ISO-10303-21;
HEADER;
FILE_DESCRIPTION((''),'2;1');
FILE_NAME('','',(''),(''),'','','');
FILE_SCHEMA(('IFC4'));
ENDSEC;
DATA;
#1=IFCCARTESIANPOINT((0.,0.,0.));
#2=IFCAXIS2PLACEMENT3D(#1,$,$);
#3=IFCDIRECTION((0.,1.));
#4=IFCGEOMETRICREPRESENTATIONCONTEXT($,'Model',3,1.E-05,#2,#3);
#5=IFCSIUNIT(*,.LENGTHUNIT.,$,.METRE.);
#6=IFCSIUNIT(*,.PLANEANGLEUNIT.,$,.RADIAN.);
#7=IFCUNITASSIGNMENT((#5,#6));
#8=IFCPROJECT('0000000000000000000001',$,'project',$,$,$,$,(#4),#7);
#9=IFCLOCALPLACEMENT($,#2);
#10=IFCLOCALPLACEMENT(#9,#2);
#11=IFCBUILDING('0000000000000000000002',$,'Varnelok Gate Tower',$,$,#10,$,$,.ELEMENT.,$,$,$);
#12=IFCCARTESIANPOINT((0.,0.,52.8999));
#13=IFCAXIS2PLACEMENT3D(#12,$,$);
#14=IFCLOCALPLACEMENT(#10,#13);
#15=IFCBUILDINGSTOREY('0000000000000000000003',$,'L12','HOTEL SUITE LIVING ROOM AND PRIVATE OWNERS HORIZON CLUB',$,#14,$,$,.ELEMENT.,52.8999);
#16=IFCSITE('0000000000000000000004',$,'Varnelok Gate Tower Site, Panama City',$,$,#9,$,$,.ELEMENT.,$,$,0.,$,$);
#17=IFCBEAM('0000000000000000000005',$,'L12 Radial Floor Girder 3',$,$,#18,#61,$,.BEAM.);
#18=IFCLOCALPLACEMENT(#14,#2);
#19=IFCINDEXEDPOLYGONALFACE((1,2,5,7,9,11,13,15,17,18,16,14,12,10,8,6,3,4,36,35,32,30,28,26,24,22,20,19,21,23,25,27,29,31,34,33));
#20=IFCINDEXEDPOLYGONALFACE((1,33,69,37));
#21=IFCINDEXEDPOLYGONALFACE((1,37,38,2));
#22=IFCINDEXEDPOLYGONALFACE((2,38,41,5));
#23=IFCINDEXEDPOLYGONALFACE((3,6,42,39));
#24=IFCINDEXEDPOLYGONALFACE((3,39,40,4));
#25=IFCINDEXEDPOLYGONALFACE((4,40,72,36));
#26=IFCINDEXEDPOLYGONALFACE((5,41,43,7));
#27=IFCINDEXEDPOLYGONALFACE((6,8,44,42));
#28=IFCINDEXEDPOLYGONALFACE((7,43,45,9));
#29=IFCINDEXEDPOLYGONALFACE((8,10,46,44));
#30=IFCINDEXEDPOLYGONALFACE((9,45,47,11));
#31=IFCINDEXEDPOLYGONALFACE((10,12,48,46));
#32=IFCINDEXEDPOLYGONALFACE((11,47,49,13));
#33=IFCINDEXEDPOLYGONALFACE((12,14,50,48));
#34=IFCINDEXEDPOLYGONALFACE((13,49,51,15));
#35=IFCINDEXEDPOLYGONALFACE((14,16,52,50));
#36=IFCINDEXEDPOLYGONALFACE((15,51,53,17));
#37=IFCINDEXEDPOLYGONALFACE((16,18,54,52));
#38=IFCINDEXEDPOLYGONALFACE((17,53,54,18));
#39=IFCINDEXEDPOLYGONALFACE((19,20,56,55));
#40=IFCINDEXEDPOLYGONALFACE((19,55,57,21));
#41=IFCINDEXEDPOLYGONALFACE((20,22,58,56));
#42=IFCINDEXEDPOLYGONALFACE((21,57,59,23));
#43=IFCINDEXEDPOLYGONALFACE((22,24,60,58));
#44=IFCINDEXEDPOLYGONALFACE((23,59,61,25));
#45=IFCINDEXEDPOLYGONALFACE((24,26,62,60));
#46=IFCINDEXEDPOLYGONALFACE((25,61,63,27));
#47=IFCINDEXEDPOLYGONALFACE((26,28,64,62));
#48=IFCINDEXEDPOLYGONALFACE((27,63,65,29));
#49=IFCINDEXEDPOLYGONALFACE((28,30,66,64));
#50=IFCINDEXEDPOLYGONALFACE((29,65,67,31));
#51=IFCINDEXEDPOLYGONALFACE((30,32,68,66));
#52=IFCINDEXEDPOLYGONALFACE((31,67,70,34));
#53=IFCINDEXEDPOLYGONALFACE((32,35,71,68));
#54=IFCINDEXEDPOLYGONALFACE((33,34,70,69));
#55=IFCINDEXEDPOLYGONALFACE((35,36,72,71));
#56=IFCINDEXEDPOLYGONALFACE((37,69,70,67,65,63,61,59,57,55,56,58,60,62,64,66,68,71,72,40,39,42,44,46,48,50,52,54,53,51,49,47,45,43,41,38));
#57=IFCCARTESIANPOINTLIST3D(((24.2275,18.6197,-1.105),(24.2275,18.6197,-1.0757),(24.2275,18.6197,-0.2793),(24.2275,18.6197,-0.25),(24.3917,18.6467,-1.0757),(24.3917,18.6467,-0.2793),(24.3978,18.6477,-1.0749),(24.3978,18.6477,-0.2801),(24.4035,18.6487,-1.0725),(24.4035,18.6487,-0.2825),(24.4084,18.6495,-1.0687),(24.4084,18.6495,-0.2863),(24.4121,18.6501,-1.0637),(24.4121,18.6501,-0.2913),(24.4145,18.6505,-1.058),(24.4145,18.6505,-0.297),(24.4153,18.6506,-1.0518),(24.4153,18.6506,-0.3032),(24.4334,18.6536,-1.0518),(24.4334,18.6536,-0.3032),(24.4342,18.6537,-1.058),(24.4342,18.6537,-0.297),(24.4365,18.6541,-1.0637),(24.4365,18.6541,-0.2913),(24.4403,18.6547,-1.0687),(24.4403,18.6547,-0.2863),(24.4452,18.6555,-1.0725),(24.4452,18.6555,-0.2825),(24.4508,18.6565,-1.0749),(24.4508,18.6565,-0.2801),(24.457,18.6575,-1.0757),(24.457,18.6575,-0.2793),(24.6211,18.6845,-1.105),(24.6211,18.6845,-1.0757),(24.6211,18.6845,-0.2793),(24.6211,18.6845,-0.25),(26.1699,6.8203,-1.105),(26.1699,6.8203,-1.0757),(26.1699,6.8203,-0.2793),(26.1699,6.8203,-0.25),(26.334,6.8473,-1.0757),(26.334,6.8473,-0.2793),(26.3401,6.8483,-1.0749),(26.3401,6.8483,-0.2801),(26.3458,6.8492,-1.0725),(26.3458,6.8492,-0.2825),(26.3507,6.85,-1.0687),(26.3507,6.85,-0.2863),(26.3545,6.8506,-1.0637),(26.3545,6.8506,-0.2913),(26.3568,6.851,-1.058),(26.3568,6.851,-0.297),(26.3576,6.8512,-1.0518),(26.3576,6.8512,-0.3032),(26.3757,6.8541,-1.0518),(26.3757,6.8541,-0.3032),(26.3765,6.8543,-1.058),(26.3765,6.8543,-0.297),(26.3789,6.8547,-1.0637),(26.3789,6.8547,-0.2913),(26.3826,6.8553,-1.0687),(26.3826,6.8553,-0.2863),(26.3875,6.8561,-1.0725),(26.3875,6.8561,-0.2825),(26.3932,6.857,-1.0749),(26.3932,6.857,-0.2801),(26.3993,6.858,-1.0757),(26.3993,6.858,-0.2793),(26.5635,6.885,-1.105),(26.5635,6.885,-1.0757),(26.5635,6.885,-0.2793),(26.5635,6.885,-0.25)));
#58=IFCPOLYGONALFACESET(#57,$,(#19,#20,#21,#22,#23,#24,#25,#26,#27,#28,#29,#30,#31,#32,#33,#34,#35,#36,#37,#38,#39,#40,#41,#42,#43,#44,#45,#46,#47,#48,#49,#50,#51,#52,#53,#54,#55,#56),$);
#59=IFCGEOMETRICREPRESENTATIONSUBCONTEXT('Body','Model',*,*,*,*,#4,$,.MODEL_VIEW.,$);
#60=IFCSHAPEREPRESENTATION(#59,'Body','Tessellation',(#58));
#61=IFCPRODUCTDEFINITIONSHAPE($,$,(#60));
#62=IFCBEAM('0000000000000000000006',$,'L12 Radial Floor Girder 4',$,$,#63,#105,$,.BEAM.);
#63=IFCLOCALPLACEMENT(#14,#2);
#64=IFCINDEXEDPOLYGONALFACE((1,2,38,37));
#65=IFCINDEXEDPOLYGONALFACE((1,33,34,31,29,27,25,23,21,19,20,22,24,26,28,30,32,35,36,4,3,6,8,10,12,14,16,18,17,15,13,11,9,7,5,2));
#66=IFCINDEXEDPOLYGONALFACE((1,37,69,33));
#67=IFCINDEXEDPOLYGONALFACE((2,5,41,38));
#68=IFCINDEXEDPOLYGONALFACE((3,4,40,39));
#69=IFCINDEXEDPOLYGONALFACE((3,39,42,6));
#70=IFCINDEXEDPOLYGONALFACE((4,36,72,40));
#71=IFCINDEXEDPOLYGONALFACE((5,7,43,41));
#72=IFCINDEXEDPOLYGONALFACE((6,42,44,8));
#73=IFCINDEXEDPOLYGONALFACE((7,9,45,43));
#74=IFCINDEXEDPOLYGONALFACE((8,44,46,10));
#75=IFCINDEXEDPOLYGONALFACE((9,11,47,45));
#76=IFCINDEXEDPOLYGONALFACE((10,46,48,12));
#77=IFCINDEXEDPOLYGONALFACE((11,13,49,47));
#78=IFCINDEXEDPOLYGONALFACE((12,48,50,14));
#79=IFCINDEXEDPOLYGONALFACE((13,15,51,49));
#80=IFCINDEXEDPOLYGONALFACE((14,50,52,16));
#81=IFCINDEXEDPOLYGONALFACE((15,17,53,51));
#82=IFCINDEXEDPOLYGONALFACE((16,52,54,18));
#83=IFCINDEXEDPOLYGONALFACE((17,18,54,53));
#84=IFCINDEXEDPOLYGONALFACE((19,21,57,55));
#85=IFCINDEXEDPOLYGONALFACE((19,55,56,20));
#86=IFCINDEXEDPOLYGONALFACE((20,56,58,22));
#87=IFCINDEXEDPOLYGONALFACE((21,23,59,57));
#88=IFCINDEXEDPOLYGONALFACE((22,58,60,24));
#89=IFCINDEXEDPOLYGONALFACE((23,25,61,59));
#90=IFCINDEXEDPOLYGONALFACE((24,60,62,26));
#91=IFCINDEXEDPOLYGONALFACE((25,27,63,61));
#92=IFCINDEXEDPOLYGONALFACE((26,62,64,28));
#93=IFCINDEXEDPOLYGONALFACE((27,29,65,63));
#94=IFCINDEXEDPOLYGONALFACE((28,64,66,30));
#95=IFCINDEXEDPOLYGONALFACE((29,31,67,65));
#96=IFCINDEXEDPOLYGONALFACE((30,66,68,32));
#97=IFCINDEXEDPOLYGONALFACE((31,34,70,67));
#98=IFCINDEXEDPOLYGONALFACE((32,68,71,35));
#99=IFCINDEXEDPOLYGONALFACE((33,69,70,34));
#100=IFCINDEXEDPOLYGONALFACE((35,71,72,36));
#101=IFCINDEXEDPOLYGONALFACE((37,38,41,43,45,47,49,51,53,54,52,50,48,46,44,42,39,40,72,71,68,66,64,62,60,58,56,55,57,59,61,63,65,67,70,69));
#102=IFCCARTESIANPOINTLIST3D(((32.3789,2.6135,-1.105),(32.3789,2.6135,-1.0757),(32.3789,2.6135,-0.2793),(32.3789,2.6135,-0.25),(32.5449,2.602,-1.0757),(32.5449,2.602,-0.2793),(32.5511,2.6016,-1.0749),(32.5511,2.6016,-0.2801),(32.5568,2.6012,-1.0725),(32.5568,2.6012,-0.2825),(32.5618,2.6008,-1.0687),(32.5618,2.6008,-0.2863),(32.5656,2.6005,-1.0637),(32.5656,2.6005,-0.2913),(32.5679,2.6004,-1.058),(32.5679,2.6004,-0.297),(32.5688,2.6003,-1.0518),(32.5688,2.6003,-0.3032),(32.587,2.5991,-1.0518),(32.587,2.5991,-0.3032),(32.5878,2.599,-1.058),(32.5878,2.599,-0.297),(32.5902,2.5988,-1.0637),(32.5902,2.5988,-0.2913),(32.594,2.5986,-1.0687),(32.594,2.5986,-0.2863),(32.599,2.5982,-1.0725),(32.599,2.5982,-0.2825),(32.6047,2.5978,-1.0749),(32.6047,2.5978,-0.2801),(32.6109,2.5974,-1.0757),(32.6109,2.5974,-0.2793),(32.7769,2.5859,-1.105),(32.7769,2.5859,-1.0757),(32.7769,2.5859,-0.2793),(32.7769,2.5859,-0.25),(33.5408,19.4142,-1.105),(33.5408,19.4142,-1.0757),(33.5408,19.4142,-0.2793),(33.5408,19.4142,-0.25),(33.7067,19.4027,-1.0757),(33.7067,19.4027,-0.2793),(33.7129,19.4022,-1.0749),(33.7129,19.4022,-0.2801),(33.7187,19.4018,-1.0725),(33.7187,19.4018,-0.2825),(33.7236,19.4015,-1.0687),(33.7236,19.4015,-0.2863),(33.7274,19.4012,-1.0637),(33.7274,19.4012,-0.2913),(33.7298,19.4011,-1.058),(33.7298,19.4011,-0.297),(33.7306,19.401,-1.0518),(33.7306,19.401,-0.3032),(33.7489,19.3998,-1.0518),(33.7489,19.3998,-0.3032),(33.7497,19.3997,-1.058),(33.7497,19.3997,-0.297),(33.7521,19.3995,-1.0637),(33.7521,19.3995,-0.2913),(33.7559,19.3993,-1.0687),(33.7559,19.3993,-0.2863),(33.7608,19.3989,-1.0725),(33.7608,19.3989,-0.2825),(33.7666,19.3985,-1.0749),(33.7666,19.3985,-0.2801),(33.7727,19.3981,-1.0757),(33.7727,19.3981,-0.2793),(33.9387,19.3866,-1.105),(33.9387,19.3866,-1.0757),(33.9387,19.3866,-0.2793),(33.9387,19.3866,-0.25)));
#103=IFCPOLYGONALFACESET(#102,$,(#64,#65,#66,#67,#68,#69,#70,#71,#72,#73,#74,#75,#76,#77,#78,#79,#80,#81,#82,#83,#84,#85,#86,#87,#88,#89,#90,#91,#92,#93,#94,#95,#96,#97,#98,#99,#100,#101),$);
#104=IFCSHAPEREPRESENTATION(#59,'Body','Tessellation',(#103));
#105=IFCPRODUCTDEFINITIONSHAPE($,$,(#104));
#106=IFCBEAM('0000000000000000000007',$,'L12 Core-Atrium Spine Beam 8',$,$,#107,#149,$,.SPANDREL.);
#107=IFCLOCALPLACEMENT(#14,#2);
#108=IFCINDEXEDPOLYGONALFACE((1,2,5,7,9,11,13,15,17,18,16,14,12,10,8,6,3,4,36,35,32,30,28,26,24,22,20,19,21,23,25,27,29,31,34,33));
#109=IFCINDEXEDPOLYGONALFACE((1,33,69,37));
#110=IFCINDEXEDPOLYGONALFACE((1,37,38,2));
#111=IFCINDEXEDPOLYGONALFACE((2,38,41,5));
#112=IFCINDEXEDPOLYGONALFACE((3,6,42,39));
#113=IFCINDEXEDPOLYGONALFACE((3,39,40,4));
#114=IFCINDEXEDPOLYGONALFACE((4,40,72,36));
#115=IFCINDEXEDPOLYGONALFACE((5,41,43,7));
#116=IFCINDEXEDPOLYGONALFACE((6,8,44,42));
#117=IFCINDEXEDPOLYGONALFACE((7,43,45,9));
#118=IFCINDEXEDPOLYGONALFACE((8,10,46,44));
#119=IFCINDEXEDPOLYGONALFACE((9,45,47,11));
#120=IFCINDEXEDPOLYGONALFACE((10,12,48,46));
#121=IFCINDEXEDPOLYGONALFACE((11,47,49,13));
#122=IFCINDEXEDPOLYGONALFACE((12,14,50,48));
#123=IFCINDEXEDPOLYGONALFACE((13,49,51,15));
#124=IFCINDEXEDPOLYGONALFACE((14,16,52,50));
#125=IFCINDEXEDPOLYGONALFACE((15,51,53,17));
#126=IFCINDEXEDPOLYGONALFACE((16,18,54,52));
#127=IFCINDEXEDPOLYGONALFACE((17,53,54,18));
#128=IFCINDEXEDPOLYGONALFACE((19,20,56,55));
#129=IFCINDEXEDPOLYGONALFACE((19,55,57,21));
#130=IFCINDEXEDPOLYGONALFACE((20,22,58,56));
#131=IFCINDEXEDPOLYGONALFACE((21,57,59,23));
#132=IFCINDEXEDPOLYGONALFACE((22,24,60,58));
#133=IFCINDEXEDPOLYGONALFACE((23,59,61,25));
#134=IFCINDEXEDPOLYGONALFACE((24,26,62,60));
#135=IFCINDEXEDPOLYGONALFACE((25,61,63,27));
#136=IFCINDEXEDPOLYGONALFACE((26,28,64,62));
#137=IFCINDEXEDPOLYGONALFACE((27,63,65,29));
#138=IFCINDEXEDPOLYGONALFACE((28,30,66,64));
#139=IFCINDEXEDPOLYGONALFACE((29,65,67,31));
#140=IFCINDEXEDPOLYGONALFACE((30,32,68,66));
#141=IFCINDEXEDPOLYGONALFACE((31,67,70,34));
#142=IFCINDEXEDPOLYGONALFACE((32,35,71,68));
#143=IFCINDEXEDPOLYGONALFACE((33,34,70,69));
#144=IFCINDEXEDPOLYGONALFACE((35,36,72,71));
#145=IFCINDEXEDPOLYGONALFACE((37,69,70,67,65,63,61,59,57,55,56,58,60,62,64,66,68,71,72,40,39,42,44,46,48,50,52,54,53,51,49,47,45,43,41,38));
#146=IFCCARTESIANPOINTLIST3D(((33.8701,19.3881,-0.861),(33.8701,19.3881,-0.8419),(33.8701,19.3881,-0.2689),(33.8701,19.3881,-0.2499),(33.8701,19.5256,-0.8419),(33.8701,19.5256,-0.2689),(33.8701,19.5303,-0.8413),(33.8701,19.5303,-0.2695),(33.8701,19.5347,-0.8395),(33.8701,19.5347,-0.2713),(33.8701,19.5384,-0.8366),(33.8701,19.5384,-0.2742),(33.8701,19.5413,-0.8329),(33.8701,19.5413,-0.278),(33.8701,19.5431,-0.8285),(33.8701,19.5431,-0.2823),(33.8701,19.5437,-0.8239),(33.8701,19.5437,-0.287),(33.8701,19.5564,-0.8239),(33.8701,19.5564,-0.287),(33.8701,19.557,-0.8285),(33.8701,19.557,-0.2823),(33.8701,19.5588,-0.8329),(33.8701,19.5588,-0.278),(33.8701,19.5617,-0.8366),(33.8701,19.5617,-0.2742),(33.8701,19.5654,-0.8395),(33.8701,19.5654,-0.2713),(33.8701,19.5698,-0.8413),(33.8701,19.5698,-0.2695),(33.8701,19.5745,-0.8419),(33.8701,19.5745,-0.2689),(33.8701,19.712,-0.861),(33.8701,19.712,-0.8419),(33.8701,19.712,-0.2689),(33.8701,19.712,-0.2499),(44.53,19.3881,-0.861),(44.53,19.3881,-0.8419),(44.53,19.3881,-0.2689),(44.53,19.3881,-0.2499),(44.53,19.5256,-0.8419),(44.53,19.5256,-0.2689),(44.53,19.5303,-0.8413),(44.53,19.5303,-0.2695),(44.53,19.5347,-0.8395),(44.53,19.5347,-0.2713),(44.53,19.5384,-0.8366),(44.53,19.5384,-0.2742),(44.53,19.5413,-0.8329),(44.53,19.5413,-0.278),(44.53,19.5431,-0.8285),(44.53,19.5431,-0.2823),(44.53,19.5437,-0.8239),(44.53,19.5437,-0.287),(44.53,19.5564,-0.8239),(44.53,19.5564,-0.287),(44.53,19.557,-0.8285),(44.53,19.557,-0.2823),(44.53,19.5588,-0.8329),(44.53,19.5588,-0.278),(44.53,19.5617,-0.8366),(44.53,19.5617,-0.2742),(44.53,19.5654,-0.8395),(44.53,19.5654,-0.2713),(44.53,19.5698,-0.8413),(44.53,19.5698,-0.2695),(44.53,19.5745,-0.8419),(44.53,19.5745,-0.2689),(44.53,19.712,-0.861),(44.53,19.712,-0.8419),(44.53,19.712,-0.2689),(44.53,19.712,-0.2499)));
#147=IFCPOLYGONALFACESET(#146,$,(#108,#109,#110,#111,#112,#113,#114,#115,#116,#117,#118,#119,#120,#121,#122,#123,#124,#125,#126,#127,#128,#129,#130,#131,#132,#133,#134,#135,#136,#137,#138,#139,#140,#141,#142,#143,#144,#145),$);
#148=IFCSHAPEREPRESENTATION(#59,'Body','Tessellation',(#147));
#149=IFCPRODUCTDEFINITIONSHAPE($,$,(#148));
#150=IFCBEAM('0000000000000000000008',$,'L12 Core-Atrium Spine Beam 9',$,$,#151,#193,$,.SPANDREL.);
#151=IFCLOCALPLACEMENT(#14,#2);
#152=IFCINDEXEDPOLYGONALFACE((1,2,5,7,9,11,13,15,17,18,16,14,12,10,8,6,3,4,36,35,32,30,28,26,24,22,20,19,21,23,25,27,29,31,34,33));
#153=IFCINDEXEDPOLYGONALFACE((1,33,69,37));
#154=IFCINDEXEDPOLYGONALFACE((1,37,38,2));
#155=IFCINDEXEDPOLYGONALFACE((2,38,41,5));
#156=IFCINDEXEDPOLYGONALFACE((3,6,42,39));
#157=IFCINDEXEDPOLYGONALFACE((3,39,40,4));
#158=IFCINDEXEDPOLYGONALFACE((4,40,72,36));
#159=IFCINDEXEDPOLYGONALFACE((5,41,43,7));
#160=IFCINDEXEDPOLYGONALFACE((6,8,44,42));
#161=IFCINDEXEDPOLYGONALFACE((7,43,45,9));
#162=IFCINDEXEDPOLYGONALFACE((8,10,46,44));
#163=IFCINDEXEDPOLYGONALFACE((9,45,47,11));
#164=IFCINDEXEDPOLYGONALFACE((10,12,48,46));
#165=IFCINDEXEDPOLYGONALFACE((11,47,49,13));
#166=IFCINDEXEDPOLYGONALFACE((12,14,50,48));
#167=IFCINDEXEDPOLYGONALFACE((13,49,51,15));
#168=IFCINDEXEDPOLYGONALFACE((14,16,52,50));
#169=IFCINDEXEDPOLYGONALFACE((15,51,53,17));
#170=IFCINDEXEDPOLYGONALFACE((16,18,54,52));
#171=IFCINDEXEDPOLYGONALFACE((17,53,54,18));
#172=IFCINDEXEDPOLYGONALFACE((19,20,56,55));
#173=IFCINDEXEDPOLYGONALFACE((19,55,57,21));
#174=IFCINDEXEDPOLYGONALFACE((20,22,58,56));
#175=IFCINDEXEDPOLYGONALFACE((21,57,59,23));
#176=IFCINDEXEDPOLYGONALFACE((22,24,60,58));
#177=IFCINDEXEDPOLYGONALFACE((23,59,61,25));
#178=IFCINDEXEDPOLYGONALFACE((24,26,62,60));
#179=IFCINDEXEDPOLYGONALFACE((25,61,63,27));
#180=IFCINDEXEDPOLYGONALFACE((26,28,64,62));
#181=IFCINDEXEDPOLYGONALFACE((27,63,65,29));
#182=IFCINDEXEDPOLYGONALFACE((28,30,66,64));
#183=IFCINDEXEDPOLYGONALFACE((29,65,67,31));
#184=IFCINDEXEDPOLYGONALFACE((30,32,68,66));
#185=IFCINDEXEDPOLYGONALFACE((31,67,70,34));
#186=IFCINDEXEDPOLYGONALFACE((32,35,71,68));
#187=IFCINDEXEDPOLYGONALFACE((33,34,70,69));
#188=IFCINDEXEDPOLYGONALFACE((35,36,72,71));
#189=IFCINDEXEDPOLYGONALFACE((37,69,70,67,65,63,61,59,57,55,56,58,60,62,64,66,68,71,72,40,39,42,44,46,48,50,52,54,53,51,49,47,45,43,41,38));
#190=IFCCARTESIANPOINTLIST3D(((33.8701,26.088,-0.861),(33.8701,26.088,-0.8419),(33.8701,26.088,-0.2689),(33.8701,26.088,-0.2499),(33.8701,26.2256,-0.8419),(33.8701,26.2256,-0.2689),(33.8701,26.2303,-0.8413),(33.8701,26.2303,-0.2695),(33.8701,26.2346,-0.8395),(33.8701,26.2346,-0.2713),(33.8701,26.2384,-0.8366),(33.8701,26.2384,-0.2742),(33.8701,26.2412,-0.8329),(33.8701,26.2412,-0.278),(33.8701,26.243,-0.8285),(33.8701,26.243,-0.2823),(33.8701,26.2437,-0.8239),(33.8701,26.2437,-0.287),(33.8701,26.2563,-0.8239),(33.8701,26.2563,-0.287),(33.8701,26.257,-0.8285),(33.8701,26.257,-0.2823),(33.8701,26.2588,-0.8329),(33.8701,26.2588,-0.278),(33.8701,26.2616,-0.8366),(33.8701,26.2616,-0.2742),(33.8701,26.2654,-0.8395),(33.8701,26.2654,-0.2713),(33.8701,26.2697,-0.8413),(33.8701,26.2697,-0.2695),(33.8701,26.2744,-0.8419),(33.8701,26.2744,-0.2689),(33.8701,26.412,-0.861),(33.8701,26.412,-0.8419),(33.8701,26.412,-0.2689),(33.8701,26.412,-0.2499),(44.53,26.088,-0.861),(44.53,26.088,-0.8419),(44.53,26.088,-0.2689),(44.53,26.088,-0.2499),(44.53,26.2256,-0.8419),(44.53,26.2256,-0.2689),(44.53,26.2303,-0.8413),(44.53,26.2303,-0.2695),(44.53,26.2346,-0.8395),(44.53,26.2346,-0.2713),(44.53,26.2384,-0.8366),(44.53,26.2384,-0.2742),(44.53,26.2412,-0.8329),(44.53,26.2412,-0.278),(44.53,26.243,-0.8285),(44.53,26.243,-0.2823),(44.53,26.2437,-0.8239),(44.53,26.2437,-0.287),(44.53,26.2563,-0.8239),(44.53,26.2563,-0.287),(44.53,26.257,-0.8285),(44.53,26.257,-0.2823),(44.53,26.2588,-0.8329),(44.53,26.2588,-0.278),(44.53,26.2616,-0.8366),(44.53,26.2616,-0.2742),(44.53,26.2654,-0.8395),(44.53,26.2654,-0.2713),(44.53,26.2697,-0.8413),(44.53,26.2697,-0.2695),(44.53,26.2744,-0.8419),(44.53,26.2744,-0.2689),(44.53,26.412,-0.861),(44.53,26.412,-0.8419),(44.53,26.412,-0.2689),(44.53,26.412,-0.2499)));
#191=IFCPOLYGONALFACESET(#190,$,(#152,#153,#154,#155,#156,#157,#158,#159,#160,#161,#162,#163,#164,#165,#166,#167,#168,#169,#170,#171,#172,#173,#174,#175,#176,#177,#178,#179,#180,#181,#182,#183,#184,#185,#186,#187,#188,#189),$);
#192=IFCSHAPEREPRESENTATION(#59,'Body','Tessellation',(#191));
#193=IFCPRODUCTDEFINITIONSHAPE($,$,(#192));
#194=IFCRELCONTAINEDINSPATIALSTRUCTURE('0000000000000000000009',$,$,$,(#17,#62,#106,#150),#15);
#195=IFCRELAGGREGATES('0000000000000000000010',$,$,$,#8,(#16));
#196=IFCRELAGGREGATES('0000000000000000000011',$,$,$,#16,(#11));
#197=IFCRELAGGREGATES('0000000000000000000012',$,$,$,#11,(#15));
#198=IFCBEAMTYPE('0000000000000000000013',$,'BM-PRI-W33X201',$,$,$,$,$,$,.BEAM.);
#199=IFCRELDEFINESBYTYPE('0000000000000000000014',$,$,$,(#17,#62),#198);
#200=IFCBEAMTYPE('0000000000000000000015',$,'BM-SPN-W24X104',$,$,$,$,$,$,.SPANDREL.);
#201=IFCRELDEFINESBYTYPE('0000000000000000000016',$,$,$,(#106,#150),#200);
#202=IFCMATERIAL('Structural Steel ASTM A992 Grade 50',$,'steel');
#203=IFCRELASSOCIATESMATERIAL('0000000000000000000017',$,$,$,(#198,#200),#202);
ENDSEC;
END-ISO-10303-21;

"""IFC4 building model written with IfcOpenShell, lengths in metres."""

from ifc_helpers import new_model, si_unit, direction, frame, origin, origin_2d, place, context, subcontext, project, spatial, i_section, extrude, material, material_profile, profile_set, type_object, element, save


model = new_model("IFC4")

# Units and contexts
model_context = context("Model", 3, precision=1e-05, world=origin(), true_north=direction((0.0, 1.0)))
body_context = subcontext(model_context, "Body", "Model", "MODEL_VIEW")
ifc_project = project(units=[si_unit("LENGTHUNIT", "METRE"), si_unit("PLANEANGLEUNIT", "RADIAN")], contexts=[model_context])

# Site, building, storey
site_placement = place(None, origin())
site = spatial("IfcSite", under=ifc_project, at=site_placement, Name="Varnelok Gate Tower Site, Panama City", CompositionType="ELEMENT", RefElevation=0.0)
building_placement = place(site_placement, origin())
building = spatial("IfcBuilding", under=site, at=building_placement, Name="Varnelok Gate Tower", CompositionType="ELEMENT")
storey_placement = place(building_placement, frame((0.0, 0.0, 52.8999)))
storey = spatial("IfcBuildingStorey", under=building, at=storey_placement, Name="L12", Description="HOTEL SUITE LIVING ROOM AND PRIVATE OWNERS HORIZON CLUB", CompositionType="ELEMENT", Elevation=52.8999)

# Shared definitions
ifc_material_1 = material(Name="Structural Steel ASTM A992 Grade 50", Category="steel")

# Beams
ifc_material_profile_1 = material_profile(ifc_material_1, i_section(OverallWidth=0.3989, OverallDepth=0.855, WebThickness=0.0183, FlangeThickness=0.0293, FilletRadius=0.0239, at=origin_2d()), Name="W33X201")
ifc_profile_set_1 = profile_set([ifc_material_profile_1], Name="Structural Steel ASTM A992 Grade 50")
beam_type_1 = type_object("IfcBeamType", Name="BM-PRI-W33X201", PredefinedType="BEAM", material=ifc_profile_set_1)
beam_1_placement = place(storey_placement, frame((24.4243, 18.6521, -0.6775), z_axis=(0.162429, -0.98672, 0.0), x_axis=(0.98672, 0.162429, 0.0)))
element("IfcBeam", 1, at=beam_1_placement, inside=storey, type_object=beam_type_1, Name="L12 Radial Floor Girder 3", PredefinedType="BEAM", context=body_context, shape_type="SweptSolid", body=[
    extrude(i_section(OverallWidth=0.3989, OverallDepth=0.855, WebThickness=0.0183, FlangeThickness=0.0293, FilletRadius=0.0239, at=origin_2d()), origin(), (0.0, 0.0, 1.0), 11.9583),
])
beam_2_placement = place(storey_placement, frame((33.7397, 19.4004, -0.6775), z_axis=(-0.068991, -0.997617, 0.0), x_axis=(0.997617, -0.068991, 0.0)))
element("IfcBeam", 2, at=beam_2_placement, inside=storey, type_object=beam_type_1, Name="L12 Radial Floor Girder 4", PredefinedType="BEAM", context=body_context, shape_type="SweptSolid", body=[
    extrude(i_section(OverallWidth=0.3989, OverallDepth=0.855, WebThickness=0.0183, FlangeThickness=0.0293, FilletRadius=0.0239, at=origin_2d()), origin(), (0.0, 0.0, 1.0), 16.8408),
])
ifc_material_profile_2 = material_profile(ifc_material_1, i_section(OverallWidth=0.324, OverallDepth=0.6111, WebThickness=0.0127, FlangeThickness=0.019, FilletRadius=0.0181, at=origin_2d()), Name="W24X104")
ifc_profile_set_2 = profile_set([ifc_material_profile_2], Name="Structural Steel ASTM A992 Grade 50")
beam_type_2 = type_object("IfcBeamType", Name="BM-SPN-W24X104", PredefinedType="SPANDREL", material=ifc_profile_set_2)
for number, where, z_axis, x_axis, name in (
    (3, (33.8701, 19.55, -0.5554), (1.0, 0.0, 0.0), (0.0, 1.0, 0.0), "L12 Core-Atrium Spine Beam 8"),
    (4, (33.8701, 26.25, -0.5554), (1.0, 0.0, 0.0), (0.0, 1.0, 0.0), "L12 Core-Atrium Spine Beam 9"),
):
    element("IfcBeam", number, at=place(storey_placement, frame(where, z_axis=z_axis, x_axis=x_axis)), inside=storey, type_object=beam_type_2, Name=name, PredefinedType="SPANDREL", context=body_context, shape_type="SweptSolid", body=[
        extrude(i_section(OverallWidth=0.324, OverallDepth=0.6111, WebThickness=0.0127, FlangeThickness=0.019, FilletRadius=0.0181, at=origin_2d()), origin(), (0.0, 0.0, 1.0), 10.6599),
    ])

save(model, "model.ifc")
